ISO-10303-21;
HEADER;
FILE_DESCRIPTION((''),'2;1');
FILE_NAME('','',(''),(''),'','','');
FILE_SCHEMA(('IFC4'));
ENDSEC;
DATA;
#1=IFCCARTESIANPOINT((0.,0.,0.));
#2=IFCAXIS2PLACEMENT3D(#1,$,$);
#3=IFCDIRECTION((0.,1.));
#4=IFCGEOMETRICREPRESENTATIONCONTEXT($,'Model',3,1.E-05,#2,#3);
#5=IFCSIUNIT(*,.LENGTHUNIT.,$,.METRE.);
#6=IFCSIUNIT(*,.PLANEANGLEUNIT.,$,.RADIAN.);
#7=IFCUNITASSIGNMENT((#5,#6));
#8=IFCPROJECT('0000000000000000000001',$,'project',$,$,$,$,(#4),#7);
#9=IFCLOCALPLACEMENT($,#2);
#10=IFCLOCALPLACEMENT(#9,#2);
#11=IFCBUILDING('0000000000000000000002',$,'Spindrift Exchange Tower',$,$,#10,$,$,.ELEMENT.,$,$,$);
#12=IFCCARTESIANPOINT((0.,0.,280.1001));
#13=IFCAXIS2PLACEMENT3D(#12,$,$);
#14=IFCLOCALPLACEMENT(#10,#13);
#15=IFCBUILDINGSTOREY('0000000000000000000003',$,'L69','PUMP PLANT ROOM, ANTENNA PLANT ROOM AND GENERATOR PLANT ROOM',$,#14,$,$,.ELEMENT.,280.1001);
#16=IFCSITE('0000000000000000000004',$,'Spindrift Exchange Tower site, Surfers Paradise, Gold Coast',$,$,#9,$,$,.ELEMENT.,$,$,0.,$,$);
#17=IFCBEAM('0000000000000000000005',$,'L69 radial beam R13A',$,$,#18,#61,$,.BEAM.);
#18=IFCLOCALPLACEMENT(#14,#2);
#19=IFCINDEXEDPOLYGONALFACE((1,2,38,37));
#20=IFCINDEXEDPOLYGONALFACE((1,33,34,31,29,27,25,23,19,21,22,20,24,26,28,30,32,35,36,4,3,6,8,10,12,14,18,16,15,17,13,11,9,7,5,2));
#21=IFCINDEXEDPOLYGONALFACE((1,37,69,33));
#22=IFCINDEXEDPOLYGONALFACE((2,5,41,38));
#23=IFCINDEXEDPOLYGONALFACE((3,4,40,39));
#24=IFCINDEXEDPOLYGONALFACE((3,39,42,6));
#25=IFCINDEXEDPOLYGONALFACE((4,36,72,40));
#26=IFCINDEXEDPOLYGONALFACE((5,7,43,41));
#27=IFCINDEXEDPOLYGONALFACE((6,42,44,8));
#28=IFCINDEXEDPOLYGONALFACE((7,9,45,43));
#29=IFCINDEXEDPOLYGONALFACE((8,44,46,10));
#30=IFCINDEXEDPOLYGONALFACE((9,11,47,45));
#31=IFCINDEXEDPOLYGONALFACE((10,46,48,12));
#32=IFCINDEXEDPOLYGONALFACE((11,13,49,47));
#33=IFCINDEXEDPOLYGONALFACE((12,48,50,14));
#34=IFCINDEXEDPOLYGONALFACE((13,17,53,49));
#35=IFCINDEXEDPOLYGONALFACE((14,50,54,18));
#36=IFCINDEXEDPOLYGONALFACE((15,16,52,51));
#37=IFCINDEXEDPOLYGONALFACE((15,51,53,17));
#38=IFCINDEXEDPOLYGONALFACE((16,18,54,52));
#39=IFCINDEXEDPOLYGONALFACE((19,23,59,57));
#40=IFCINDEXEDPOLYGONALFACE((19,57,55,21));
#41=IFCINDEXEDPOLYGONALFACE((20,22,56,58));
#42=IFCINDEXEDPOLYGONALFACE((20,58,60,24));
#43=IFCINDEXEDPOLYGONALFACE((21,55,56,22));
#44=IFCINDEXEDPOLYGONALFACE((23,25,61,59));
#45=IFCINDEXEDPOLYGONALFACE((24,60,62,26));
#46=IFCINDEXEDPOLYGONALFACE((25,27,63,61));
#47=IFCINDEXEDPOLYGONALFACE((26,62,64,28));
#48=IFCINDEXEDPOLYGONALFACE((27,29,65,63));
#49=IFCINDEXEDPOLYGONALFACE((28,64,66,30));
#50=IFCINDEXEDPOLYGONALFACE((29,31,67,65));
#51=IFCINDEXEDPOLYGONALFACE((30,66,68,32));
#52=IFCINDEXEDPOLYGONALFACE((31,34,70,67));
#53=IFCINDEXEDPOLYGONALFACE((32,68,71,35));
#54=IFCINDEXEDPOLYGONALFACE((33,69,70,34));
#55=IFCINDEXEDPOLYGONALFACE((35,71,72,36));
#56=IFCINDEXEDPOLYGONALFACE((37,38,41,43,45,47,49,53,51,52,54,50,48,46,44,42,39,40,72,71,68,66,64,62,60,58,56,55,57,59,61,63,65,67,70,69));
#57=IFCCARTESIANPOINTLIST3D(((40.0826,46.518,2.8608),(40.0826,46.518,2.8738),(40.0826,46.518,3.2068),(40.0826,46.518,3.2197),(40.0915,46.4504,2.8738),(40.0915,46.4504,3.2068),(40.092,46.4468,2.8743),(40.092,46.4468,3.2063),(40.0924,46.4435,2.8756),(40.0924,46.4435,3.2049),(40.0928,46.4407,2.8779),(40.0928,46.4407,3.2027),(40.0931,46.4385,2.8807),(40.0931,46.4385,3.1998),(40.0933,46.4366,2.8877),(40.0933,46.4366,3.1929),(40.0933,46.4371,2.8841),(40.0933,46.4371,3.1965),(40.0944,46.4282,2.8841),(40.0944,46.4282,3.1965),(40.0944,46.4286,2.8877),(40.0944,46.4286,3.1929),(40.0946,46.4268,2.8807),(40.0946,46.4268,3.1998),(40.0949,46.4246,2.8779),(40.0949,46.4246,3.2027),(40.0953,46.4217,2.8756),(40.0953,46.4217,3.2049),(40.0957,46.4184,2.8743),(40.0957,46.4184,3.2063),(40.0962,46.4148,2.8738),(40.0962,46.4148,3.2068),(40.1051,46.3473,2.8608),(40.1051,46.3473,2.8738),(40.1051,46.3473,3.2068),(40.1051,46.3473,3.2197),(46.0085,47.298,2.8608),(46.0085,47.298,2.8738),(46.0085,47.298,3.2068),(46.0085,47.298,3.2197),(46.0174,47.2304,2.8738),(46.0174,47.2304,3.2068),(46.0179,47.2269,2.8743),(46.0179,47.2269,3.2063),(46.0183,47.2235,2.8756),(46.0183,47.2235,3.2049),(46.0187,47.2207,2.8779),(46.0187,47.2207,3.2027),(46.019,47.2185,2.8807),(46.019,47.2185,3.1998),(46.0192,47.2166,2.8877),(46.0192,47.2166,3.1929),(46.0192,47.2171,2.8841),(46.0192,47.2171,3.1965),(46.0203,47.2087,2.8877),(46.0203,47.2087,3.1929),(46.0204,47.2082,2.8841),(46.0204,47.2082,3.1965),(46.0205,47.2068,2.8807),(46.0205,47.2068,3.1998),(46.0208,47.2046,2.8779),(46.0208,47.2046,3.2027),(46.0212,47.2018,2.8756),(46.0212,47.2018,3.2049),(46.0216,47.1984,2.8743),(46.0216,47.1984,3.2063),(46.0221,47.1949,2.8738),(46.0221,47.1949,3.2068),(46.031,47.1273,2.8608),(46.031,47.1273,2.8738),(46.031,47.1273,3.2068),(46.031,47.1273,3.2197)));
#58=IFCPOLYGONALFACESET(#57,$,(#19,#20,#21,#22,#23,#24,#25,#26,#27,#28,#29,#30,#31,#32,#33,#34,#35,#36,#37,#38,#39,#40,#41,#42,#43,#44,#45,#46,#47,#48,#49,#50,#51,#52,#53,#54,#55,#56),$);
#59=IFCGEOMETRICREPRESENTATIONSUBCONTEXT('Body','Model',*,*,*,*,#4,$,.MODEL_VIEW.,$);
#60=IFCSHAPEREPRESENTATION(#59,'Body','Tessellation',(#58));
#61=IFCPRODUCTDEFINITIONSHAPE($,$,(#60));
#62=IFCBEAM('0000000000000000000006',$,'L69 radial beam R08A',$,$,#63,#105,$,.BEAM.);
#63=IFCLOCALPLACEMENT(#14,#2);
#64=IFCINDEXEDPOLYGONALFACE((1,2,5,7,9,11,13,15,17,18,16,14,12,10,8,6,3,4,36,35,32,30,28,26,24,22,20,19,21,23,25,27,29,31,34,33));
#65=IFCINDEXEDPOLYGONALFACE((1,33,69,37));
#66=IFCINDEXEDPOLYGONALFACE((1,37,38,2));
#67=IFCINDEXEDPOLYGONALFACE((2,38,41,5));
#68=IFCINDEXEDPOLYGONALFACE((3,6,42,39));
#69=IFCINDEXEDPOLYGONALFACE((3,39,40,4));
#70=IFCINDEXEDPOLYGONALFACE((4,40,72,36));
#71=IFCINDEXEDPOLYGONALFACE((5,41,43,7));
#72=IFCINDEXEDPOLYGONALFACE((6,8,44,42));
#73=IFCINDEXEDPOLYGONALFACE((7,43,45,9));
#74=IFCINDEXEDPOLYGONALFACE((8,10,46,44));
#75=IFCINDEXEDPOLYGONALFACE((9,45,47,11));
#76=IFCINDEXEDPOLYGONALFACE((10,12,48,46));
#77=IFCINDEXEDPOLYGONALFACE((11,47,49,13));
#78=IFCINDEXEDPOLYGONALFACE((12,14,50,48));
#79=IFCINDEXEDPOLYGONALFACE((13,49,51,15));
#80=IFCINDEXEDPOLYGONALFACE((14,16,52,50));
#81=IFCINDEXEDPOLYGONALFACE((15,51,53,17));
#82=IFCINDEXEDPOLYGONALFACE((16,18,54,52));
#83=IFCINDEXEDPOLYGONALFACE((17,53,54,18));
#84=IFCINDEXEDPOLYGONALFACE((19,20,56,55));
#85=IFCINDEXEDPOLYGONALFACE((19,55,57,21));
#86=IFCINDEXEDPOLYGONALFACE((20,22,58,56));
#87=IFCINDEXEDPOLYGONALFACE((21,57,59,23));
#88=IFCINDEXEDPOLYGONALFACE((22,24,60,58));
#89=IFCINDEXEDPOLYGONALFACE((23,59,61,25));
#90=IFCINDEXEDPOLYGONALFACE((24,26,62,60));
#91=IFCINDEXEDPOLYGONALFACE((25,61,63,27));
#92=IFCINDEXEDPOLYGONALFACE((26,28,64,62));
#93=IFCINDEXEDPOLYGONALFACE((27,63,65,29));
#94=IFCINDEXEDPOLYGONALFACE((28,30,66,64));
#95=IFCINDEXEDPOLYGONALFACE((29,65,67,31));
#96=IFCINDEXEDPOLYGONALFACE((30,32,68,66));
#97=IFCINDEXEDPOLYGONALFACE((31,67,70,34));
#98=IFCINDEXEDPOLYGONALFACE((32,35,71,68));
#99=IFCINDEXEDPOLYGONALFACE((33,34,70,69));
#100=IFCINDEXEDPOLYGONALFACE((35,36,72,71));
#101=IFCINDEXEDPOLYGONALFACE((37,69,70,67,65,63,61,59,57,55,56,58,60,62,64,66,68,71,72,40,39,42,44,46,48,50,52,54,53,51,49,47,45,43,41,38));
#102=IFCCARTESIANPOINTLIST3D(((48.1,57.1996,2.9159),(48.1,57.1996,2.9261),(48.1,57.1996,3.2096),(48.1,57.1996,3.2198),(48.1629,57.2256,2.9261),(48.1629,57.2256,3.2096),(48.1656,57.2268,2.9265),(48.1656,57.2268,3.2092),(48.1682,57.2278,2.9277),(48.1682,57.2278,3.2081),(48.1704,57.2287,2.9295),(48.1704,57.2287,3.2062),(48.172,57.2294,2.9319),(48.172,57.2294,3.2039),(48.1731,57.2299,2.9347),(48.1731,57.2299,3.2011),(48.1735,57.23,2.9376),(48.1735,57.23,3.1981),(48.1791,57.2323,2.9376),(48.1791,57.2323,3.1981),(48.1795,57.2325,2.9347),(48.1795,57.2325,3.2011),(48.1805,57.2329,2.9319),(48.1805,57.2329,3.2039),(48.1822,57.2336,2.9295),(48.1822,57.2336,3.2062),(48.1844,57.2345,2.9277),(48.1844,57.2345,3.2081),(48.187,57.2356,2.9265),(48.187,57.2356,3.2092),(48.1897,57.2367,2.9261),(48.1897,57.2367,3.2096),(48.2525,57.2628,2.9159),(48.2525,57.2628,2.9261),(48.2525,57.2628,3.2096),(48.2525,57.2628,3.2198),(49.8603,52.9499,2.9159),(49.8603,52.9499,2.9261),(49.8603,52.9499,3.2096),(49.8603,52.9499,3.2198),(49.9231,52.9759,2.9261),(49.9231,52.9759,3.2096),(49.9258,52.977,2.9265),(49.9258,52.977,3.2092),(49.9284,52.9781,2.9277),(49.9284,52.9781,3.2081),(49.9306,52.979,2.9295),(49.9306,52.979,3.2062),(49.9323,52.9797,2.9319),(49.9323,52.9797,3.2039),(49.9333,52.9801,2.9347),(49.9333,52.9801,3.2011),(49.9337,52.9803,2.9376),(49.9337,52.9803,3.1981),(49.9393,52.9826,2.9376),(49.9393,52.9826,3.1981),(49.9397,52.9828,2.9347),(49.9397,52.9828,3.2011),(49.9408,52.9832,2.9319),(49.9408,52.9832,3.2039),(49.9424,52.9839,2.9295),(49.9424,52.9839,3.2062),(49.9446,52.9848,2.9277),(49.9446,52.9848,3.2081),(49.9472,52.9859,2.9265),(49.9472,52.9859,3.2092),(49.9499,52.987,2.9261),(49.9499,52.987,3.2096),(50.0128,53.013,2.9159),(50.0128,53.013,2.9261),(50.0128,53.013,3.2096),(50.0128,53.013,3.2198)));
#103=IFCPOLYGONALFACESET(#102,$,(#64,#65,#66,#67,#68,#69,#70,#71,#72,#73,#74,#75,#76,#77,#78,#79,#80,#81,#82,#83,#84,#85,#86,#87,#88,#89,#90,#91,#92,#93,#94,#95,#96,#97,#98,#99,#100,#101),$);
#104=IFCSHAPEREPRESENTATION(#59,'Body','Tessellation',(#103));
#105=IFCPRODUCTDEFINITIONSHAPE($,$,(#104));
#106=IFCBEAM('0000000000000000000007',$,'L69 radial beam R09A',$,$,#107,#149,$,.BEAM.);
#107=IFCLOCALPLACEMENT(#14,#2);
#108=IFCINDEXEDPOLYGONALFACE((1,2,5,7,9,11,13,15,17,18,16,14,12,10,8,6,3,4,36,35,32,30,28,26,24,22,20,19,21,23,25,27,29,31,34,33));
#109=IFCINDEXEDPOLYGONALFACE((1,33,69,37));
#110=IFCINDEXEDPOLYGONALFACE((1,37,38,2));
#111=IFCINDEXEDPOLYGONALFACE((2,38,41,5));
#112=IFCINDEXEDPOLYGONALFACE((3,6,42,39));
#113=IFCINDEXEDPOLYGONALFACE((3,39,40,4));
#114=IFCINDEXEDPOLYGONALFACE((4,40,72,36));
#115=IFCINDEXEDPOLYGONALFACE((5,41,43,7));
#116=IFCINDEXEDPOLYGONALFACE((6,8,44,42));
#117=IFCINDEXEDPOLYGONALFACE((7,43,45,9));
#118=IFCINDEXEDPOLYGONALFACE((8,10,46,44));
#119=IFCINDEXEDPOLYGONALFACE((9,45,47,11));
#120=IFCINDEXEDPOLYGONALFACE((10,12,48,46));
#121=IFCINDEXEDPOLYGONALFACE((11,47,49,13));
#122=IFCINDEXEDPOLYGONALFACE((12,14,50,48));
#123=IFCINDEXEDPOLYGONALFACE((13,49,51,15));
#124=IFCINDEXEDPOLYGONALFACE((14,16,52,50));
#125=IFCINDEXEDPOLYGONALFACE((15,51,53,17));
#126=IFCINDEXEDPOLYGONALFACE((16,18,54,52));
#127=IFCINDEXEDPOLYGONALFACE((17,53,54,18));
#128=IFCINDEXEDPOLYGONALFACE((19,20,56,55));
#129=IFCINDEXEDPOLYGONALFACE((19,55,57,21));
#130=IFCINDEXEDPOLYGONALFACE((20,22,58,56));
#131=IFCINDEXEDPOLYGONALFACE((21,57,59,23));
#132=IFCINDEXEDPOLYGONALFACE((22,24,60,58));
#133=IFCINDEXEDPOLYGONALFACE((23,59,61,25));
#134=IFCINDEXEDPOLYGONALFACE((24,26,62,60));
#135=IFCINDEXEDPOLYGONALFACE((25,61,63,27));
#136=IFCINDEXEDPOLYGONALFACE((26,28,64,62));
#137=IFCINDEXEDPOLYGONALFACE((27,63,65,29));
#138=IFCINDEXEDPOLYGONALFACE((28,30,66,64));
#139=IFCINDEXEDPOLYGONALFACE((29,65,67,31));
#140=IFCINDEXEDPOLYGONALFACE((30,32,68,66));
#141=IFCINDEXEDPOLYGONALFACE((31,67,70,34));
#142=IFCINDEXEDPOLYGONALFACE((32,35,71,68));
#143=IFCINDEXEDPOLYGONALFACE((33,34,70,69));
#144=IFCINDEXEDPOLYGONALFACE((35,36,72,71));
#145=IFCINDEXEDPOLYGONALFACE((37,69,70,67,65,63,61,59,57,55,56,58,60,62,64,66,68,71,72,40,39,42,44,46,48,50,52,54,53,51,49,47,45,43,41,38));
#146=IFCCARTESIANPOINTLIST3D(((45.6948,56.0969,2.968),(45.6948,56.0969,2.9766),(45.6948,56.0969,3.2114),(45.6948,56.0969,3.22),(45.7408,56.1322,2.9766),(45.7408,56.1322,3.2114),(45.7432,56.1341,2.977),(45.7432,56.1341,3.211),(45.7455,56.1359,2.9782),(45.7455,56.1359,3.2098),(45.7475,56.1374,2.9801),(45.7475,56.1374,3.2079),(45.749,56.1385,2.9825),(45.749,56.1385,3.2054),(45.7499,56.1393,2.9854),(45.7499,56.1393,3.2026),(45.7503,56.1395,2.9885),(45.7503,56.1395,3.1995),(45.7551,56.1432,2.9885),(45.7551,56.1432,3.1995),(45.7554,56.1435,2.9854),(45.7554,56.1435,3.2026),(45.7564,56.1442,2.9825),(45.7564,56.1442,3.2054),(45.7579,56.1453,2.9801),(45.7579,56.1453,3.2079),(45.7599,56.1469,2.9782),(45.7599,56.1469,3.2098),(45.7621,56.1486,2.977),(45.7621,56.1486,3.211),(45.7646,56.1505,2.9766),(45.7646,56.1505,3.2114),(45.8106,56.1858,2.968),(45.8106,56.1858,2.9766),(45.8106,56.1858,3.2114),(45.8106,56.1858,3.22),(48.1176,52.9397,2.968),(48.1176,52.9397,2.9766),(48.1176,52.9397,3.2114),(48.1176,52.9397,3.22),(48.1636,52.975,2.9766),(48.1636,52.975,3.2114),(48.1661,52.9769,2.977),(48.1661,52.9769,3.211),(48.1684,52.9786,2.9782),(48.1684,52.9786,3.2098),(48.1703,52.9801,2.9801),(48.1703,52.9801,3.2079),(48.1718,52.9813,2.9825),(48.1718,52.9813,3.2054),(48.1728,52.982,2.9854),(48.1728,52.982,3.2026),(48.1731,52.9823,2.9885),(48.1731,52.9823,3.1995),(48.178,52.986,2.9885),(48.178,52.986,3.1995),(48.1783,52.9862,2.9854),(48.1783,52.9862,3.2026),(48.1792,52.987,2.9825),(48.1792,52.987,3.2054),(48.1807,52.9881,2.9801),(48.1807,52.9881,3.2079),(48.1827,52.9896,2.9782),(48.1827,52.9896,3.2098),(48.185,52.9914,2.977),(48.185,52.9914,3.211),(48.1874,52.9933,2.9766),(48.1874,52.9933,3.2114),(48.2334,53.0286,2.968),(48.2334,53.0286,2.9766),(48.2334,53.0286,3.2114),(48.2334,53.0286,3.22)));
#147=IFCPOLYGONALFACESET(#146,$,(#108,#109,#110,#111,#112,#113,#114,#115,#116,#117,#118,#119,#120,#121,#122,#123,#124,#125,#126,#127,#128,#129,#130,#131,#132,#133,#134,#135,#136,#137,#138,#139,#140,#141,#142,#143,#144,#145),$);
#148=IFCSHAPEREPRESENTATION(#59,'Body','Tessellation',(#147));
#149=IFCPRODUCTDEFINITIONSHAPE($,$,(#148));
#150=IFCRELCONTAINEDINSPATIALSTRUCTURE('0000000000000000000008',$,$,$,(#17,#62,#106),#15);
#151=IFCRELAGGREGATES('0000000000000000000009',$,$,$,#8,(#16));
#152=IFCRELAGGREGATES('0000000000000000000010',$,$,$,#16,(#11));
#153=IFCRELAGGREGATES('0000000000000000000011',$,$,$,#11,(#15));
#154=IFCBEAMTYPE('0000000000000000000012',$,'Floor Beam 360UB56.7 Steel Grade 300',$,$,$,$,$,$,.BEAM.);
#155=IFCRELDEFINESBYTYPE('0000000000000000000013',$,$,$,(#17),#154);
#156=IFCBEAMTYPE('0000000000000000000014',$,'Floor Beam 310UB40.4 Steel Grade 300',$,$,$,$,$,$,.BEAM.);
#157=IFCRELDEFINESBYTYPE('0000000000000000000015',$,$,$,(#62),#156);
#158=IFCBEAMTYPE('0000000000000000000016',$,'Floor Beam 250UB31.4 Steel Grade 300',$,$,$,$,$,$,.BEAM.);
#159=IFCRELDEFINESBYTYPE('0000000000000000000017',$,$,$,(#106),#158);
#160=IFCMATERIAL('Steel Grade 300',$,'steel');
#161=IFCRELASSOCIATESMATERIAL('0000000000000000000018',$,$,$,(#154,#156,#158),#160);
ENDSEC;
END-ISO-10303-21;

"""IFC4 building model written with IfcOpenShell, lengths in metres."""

from ifc_helpers import new_model, si_unit, direction, frame, origin, origin_2d, place, context, subcontext, project, spatial, i_section, extrude, source, transform, mapped, material, material_profile, profile_set, type_object, element, save


model = new_model("IFC4")

# Units and contexts
model_context = context("Model", 3, precision=1e-05, world=origin(), true_north=direction((0.0, 1.0)))
body_context = subcontext(model_context, "Body", "Model", "MODEL_VIEW")
ifc_project = project(units=[si_unit("LENGTHUNIT", "METRE"), si_unit("PLANEANGLEUNIT", "RADIAN")], contexts=[model_context])

# Site, building, storey
site_placement = place(None, origin())
site = spatial("IfcSite", under=ifc_project, at=site_placement, Name="Spindrift Exchange Tower site, Surfers Paradise, Gold Coast", CompositionType="ELEMENT", RefElevation=0.0)
building_placement = place(site_placement, origin())
building = spatial("IfcBuilding", under=site, at=building_placement, Name="Spindrift Exchange Tower", CompositionType="ELEMENT")
storey_placement = place(building_placement, frame((0.0, 0.0, 280.1001)))
storey = spatial("IfcBuildingStorey", under=building, at=storey_placement, Name="L69", Description="PUMP PLANT ROOM, ANTENNA PLANT ROOM AND GENERATOR PLANT ROOM", CompositionType="ELEMENT", Elevation=280.1001)

# Beams
ifc_material_1 = material(Name="Steel Grade 300", Category="steel")
ifc_material_profile_1 = material_profile(ifc_material_1, i_section(OverallWidth=0.1721, OverallDepth=0.3589, WebThickness=0.0081, FlangeThickness=0.0129, FilletRadius=0.0139, at=origin_2d()), Name="360UB56.7")
ifc_profile_set_1 = profile_set([ifc_material_profile_1], Name="Steel Grade 300")
beam_type_1 = type_object("IfcBeamType", Name="Floor Beam 360UB56.7 Steel Grade 300", PredefinedType="BEAM", material=ifc_profile_set_1)
shared_shape_1 = source(origin(), body_context, "Body", "SweptSolid", [
    extrude(i_section(OverallWidth=0.1721, OverallDepth=0.3589, WebThickness=0.0081, FlangeThickness=0.0129, FilletRadius=0.0139, at=origin_2d()), origin(), (0.0, 0.0, 1.0), 5.9771),
])
beam_1_placement = place(storey_placement, frame((46.0198, 47.2126, 3.0403), z_axis=(-0.991448, -0.130502, 0.0), x_axis=(0.130502, -0.991448, 0.0)))
element("IfcBeam", 1, at=beam_1_placement, inside=storey, type_object=beam_type_1, Name="L69 radial beam R13A", PredefinedType="BEAM", context=body_context, shape_type="MappedRepresentation", body=[
    mapped(shared_shape_1, transform((0.0, 0.0, 0.0), scale=1.0)),
])
ifc_material_profile_2 = material_profile(ifc_material_1, i_section(OverallWidth=0.165, OverallDepth=0.304, WebThickness=0.0061, FlangeThickness=0.0103, FilletRadius=0.0115, at=origin_2d()), Name="310UB40.4")
ifc_profile_set_2 = profile_set([ifc_material_profile_2], Name="Steel Grade 300")
beam_type_2 = type_object("IfcBeamType", Name="Floor Beam 310UB40.4 Steel Grade 300", PredefinedType="BEAM", material=ifc_profile_set_2)
shared_shape_2 = source(origin(), body_context, "Body", "SweptSolid", [
    extrude(i_section(OverallWidth=0.165, OverallDepth=0.304, WebThickness=0.0061, FlangeThickness=0.0103, FilletRadius=0.0115, at=origin_2d()), origin(), (0.0, 0.0, 1.0), 4.5999),
])
beam_2_placement = place(storey_placement, frame((49.9365, 52.9814, 3.0679), z_axis=(-0.382674, 0.923884, 0.0), x_axis=(-0.923884, -0.382674, 0.0)))
element("IfcBeam", 2, at=beam_2_placement, inside=storey, type_object=beam_type_2, Name="L69 radial beam R08A", PredefinedType="BEAM", context=body_context, shape_type="MappedRepresentation", body=[
    mapped(shared_shape_2, transform((0.0, 0.0, 0.0), scale=1.0)),
])
ifc_material_profile_3 = material_profile(ifc_material_1, i_section(OverallWidth=0.146, OverallDepth=0.252, WebThickness=0.0061, FlangeThickness=0.0085, FilletRadius=0.012, at=origin_2d()), Name="250UB31.4")
ifc_profile_set_3 = profile_set([ifc_material_profile_3], Name="Steel Grade 300")
beam_type_3 = type_object("IfcBeamType", Name="Floor Beam 250UB31.4 Steel Grade 300", PredefinedType="BEAM", material=ifc_profile_set_3)
shared_shape_3 = source(origin(), body_context, "Body", "SweptSolid", [
    extrude(i_section(OverallWidth=0.146, OverallDepth=0.252, WebThickness=0.0061, FlangeThickness=0.0085, FilletRadius=0.012, at=origin_2d()), origin(), (0.0, 0.0, 1.0), 3.9797),
])
beam_3_placement = place(storey_placement, frame((48.1755, 52.9841, 3.094), z_axis=(-0.608797, 0.793326, 0.0), x_axis=(-0.793326, -0.608797, 0.0)))
element("IfcBeam", 3, at=beam_3_placement, inside=storey, type_object=beam_type_3, Name="L69 radial beam R09A", PredefinedType="BEAM", context=body_context, shape_type="MappedRepresentation", body=[
    mapped(shared_shape_3, transform((0.0, 0.0, 0.0), scale=1.0)),
])

save(model, "model.ifc")
